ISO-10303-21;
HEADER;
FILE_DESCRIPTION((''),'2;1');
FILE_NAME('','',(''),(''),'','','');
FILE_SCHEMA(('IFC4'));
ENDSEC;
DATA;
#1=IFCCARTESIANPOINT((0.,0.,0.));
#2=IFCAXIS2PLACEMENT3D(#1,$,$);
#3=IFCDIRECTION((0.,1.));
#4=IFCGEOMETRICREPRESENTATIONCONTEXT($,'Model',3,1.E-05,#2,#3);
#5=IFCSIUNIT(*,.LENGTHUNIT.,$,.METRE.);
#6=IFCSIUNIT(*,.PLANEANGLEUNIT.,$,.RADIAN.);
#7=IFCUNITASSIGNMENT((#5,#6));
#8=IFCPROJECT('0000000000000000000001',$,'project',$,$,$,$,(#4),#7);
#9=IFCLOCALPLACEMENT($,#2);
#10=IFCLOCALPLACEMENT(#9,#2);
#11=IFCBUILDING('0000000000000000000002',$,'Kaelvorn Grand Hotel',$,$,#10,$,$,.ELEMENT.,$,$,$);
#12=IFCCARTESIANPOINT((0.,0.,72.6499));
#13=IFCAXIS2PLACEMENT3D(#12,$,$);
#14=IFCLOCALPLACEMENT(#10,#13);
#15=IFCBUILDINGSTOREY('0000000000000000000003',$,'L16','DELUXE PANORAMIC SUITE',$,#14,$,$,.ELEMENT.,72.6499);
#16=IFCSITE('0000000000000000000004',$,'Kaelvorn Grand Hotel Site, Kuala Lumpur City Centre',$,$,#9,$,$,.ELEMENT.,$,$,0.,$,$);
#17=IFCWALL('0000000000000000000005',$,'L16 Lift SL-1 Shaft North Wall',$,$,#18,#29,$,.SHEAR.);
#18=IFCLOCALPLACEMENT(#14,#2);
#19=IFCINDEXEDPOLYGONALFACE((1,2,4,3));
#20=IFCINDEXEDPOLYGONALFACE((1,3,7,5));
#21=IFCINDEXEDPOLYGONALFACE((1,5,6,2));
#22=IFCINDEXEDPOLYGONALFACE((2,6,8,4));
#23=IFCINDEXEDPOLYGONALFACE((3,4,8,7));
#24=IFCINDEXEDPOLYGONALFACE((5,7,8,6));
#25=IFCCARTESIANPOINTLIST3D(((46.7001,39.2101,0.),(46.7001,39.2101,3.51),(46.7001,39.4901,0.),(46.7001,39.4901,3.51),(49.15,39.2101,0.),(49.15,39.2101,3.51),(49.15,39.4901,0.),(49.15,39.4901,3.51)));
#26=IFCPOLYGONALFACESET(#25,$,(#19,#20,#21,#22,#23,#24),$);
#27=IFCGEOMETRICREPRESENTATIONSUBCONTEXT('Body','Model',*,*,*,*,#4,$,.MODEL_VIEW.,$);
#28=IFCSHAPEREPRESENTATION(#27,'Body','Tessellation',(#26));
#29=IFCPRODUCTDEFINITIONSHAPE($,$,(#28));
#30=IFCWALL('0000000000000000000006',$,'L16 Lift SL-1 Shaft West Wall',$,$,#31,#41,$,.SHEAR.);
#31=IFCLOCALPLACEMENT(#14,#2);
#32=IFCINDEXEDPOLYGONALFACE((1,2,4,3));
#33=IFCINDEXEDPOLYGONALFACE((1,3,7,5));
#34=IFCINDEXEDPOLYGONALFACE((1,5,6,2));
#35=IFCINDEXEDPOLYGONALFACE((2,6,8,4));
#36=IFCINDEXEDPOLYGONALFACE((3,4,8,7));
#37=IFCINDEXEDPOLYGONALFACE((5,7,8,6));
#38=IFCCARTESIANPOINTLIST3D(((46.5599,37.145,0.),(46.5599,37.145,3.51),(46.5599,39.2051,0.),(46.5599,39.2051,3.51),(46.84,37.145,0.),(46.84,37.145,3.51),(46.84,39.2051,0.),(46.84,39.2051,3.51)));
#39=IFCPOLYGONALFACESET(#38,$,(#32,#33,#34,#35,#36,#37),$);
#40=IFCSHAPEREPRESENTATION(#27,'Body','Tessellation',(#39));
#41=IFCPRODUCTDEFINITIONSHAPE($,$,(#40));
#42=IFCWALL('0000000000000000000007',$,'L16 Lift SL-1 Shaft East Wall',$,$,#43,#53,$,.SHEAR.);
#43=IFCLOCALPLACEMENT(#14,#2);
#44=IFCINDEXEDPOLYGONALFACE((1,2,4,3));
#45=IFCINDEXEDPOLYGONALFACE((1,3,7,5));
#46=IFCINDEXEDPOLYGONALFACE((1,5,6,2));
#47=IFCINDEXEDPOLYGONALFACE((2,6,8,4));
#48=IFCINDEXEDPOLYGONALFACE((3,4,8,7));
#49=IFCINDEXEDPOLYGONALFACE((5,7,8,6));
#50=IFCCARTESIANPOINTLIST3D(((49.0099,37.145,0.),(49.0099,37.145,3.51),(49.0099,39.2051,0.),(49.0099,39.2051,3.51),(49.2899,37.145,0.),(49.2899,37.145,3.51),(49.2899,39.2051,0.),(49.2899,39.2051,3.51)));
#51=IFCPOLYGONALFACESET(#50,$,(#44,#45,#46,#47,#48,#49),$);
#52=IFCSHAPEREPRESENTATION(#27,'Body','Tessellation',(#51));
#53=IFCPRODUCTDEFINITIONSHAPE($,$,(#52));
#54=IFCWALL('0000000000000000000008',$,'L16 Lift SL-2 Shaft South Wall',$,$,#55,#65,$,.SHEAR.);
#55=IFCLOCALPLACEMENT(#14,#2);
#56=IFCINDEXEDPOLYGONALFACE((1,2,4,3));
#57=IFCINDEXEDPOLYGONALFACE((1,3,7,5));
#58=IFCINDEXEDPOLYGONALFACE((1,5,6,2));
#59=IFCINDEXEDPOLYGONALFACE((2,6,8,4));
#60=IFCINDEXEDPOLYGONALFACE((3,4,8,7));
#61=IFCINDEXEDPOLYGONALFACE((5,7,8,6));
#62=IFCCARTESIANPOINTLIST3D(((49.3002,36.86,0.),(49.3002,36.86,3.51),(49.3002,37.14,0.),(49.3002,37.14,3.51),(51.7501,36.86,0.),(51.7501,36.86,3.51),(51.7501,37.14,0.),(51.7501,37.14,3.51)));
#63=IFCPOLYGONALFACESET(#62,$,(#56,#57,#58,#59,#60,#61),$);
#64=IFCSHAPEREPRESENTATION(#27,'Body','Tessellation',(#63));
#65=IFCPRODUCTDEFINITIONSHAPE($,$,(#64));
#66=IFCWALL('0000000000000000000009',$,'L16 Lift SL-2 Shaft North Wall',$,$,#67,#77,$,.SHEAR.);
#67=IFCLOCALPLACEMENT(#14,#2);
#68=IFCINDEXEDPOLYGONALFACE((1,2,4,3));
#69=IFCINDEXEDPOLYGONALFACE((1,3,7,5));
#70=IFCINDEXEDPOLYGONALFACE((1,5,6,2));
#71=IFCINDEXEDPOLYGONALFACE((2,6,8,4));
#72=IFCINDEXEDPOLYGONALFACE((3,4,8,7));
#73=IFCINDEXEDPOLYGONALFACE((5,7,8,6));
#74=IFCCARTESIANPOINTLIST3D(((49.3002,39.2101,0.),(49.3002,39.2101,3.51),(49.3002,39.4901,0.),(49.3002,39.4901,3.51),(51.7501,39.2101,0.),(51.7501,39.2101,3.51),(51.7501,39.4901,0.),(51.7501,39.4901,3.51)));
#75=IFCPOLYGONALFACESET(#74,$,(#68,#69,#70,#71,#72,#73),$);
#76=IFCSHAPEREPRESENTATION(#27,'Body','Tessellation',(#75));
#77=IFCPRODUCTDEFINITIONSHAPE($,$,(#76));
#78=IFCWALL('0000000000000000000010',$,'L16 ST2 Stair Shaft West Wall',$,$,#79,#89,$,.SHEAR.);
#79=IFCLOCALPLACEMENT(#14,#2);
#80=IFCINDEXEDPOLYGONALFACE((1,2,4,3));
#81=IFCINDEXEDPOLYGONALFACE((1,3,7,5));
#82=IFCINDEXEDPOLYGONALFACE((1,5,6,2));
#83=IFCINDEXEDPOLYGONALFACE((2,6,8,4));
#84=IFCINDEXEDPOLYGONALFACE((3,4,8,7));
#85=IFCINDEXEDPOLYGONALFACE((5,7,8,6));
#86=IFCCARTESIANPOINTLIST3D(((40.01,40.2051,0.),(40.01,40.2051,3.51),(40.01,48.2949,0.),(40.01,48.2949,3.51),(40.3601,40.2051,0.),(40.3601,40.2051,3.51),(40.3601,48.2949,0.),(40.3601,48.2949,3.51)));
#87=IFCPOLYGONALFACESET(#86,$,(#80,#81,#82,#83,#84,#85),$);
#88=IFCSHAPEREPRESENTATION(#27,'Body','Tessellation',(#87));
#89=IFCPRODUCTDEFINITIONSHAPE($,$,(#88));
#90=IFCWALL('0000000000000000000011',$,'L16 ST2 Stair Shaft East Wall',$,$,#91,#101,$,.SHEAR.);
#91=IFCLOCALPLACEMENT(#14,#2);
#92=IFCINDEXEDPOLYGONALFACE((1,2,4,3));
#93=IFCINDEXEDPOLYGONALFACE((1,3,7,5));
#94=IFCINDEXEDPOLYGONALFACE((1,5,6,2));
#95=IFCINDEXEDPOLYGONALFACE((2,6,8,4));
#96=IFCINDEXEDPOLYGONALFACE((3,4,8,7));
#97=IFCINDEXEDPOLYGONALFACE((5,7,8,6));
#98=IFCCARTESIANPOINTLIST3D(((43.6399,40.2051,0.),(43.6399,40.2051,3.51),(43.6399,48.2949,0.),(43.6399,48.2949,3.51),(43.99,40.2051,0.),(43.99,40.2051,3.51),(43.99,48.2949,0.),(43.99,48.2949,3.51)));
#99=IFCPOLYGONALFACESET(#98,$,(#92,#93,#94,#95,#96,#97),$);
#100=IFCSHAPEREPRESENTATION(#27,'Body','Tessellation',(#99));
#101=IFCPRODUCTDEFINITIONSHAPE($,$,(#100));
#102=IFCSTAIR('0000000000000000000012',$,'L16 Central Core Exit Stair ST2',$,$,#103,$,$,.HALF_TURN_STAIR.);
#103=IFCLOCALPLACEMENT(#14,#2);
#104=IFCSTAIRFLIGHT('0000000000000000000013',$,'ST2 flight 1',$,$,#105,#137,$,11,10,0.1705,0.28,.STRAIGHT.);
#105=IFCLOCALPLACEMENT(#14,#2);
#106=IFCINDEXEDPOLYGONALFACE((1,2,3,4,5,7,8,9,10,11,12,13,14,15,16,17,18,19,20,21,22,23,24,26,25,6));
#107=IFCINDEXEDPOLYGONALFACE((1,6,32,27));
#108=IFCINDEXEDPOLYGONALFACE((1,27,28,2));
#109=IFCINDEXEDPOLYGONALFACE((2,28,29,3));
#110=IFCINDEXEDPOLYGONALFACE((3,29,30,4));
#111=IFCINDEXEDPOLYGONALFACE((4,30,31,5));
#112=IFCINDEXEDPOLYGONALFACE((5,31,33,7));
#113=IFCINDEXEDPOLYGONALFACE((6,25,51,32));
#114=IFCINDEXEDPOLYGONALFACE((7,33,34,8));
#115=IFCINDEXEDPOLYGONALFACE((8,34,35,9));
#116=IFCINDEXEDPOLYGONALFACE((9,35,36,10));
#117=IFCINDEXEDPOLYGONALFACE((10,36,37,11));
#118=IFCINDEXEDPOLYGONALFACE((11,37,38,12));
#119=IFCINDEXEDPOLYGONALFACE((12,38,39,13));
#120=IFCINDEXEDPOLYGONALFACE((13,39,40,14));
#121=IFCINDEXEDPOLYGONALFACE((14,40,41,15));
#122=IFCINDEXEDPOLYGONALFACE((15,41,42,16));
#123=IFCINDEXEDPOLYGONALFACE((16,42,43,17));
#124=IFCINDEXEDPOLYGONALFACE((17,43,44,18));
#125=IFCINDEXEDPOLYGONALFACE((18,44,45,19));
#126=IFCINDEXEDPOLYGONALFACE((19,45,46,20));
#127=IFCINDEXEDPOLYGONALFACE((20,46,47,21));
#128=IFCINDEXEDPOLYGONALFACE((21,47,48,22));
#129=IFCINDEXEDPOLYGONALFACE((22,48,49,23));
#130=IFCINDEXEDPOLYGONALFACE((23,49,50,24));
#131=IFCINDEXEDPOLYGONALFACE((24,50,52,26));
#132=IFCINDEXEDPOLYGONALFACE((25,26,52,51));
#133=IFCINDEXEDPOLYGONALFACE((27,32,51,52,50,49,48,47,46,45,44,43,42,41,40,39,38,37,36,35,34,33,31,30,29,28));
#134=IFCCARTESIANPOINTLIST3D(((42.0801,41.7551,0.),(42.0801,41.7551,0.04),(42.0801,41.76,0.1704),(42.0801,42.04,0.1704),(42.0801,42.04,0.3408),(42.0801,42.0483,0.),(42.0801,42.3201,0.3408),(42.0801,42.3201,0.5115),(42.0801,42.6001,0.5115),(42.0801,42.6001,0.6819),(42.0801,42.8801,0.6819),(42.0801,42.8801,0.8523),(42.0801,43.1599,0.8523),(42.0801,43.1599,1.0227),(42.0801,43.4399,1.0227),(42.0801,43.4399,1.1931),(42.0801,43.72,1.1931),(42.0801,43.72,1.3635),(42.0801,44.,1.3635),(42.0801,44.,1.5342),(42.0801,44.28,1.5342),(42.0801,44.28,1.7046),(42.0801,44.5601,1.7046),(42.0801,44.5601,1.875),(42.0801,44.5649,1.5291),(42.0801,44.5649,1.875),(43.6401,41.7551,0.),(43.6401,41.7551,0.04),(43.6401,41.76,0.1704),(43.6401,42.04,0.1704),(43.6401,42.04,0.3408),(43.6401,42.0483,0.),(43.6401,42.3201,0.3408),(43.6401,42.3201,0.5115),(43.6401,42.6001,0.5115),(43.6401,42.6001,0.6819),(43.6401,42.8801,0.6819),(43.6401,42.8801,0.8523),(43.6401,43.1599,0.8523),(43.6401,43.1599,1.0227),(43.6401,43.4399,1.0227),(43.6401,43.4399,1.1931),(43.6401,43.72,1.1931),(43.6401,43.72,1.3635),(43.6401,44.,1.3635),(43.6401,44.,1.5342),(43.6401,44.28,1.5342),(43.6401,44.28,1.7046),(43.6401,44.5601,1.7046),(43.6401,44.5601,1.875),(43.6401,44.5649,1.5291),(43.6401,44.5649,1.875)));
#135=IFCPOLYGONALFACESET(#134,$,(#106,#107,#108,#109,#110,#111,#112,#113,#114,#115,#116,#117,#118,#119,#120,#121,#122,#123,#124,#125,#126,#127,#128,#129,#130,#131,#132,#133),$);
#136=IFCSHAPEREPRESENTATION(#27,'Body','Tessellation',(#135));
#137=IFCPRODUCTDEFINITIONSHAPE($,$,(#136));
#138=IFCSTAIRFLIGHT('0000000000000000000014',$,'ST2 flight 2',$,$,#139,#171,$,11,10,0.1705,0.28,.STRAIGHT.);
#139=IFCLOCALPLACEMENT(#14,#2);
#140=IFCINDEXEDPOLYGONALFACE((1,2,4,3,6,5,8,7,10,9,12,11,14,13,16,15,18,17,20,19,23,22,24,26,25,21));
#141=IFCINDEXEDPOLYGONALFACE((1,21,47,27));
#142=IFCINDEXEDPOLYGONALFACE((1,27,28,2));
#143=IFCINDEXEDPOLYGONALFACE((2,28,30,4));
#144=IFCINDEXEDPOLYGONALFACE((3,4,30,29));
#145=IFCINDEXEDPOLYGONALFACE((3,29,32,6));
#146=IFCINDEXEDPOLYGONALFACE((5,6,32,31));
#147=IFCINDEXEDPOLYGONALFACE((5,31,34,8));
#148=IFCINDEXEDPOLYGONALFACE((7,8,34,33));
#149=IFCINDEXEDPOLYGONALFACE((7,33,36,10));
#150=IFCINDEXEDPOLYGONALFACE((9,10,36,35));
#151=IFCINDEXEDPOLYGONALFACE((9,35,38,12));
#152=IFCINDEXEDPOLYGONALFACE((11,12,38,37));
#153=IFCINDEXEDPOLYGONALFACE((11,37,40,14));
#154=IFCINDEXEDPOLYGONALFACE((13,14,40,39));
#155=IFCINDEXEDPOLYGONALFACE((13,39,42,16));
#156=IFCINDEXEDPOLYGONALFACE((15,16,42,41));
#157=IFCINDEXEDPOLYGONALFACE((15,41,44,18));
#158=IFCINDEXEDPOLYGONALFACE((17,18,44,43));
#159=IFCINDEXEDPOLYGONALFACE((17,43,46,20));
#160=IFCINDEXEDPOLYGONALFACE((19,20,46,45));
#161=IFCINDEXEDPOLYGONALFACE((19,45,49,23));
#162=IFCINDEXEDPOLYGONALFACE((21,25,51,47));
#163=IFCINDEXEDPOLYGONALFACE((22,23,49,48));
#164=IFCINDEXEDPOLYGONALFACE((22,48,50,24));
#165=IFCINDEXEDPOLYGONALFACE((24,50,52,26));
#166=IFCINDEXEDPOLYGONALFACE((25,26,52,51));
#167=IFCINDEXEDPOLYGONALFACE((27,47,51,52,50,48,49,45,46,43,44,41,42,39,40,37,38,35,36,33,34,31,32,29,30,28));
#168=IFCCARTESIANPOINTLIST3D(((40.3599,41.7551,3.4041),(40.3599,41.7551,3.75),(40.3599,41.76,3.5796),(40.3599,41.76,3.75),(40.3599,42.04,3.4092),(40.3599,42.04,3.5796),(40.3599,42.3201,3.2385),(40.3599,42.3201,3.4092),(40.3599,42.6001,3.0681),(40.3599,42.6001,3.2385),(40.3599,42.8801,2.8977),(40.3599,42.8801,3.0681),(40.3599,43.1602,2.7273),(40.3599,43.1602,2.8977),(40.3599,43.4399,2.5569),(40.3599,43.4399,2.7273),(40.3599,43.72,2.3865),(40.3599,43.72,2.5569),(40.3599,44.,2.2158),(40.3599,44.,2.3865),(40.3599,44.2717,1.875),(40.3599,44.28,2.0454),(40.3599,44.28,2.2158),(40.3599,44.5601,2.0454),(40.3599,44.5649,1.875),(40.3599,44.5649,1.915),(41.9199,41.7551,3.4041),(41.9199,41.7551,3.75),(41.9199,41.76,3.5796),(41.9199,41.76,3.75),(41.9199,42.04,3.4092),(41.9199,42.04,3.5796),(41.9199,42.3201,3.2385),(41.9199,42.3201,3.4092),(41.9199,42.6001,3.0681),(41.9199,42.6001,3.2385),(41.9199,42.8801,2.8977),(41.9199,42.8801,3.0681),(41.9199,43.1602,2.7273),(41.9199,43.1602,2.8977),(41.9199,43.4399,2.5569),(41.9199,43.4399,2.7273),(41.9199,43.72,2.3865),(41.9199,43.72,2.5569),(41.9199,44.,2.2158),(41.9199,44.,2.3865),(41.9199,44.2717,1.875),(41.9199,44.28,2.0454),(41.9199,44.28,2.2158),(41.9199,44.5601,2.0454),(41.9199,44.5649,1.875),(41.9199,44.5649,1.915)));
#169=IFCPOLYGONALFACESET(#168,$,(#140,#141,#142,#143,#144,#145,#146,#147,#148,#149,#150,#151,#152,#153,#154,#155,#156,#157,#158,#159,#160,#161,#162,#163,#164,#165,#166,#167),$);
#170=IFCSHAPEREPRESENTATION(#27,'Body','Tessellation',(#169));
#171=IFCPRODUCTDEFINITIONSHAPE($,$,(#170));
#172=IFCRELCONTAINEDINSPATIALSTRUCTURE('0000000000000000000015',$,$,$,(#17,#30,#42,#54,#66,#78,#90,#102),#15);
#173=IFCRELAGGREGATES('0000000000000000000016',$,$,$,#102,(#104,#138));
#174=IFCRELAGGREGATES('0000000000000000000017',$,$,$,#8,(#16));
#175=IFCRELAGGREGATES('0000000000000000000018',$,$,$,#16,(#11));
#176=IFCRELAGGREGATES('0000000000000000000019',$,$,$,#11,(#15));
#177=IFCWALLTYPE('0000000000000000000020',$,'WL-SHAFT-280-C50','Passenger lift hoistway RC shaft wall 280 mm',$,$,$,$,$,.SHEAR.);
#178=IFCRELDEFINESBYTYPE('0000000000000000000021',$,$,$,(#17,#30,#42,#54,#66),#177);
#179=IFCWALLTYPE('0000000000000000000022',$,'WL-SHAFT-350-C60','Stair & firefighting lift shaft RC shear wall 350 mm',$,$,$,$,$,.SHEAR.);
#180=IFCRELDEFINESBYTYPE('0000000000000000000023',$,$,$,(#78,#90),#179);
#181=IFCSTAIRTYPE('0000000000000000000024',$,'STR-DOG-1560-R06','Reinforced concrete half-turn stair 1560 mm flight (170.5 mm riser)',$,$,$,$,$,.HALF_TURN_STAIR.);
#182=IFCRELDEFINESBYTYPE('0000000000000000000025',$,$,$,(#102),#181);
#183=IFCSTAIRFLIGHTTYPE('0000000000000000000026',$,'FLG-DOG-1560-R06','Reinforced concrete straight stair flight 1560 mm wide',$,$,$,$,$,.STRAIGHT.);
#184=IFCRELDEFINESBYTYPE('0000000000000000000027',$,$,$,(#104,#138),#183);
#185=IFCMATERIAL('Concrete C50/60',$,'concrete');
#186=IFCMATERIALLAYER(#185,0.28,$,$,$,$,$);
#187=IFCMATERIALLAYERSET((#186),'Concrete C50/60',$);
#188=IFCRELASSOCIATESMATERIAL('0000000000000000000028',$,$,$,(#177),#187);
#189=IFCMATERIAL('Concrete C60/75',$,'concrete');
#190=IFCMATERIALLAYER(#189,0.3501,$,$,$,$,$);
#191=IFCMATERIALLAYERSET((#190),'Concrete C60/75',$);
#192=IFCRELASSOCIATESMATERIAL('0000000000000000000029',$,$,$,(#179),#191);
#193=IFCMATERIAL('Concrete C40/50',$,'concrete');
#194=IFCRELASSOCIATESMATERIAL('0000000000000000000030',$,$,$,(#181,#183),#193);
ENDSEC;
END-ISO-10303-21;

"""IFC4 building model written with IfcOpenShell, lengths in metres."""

from ifc_helpers import new_model, si_unit, direction, frame, frame_2d, origin, place, context, subcontext, project, spatial, polyline, rectangle, outline, extrude, material, layer, layer_set, type_object, element, aggregate, save


model = new_model("IFC4")

# Units and contexts
model_context = context("Model", 3, precision=1e-05, world=origin(), true_north=direction((0.0, 1.0)))
body_context = subcontext(model_context, "Body", "Model", "MODEL_VIEW")
ifc_project = project(units=[si_unit("LENGTHUNIT", "METRE"), si_unit("PLANEANGLEUNIT", "RADIAN")], contexts=[model_context])

# Site, building, storey
site_placement = place(None, origin())
site = spatial("IfcSite", under=ifc_project, at=site_placement, Name="Kaelvorn Grand Hotel Site, Kuala Lumpur City Centre", CompositionType="ELEMENT", RefElevation=0.0)
building_placement = place(site_placement, origin())
building = spatial("IfcBuilding", under=site, at=building_placement, Name="Kaelvorn Grand Hotel", CompositionType="ELEMENT")
storey_placement = place(building_placement, frame((0.0, 0.0, 72.6499)))
storey = spatial("IfcBuildingStorey", under=building, at=storey_placement, Name="L16", Description="DELUXE PANORAMIC SUITE", CompositionType="ELEMENT", Elevation=72.6499)

# Shared definitions
ifc_material_1 = material(Name="Concrete C60/75", Category="concrete")

# Walls
ifc_material_2 = material(Name="Concrete C40/50", Category="concrete")
ifc_material_3 = material(Name="Concrete C50/60", Category="concrete")
ifc_layer_1 = layer(ifc_material_3, 0.28)
ifc_layer_set_1 = layer_set([ifc_layer_1], Name="Concrete C50/60")
wall_type_1 = type_object("IfcWallType", Name="WL-SHAFT-280-C50", Description="Passenger lift hoistway RC shaft wall 280 mm", PredefinedType="SHEAR", material=ifc_layer_set_1)
for number, where, z_axis, x_axis, name in (
    (1, (46.7, 39.3501, 0.0), (0.0, 0.0, 1.0), (1.0, 0.0, 0.0), "L16 Lift SL-1 Shaft North Wall"),
):
    element("IfcWall", number, at=place(storey_placement, frame(where, z_axis=z_axis, x_axis=x_axis)), inside=storey, type_object=wall_type_1, Name=name, PredefinedType="SHEAR", context=body_context, shape_type="SweptSolid", body=[
        extrude(rectangle(XDim=2.45, YDim=0.28, at=frame_2d((1.2251, 0.0))), origin(), (0.0, 0.0, 1.0), 3.51),
    ])
for number, where, z_axis, x_axis, name in (
    (2, (46.7, 37.145, 0.0), (0.0, 0.0, 1.0), (0.0, 1.0, 0.0), "L16 Lift SL-1 Shaft West Wall"),
    (3, (49.1499, 37.145, 0.0), (0.0, 0.0, 1.0), (0.0, 1.0, 0.0), "L16 Lift SL-1 Shaft East Wall"),
):
    element("IfcWall", number, at=place(storey_placement, frame(where, z_axis=z_axis, x_axis=x_axis)), inside=storey, type_object=wall_type_1, Name=name, PredefinedType="SHEAR", context=body_context, shape_type="SweptSolid", body=[
        extrude(rectangle(XDim=2.0601, YDim=0.28, at=frame_2d((1.03, 0.0))), origin(), (0.0, 0.0, 1.0), 3.51),
    ])
for number, where, z_axis, x_axis, name in (
    (4, (49.3, 37.0, 0.0), (0.0, 0.0, 1.0), (1.0, 0.0, 0.0), "L16 Lift SL-2 Shaft South Wall"),
    (5, (49.3, 39.3501, 0.0), (0.0, 0.0, 1.0), (1.0, 0.0, 0.0), "L16 Lift SL-2 Shaft North Wall"),
):
    element("IfcWall", number, at=place(storey_placement, frame(where, z_axis=z_axis, x_axis=x_axis)), inside=storey, type_object=wall_type_1, Name=name, PredefinedType="SHEAR", context=body_context, shape_type="SweptSolid", body=[
        extrude(rectangle(XDim=2.45, YDim=0.28, at=frame_2d((1.2251, 0.0))), origin(), (0.0, 0.0, 1.0), 3.51),
    ])
ifc_layer_2 = layer(ifc_material_1, 0.3501)
ifc_layer_set_2 = layer_set([ifc_layer_2], Name="Concrete C60/75")
wall_type_2 = type_object("IfcWallType", Name="WL-SHAFT-350-C60", Description="Stair & firefighting lift shaft RC shear wall 350 mm", PredefinedType="SHEAR", material=ifc_layer_set_2)
for number, where, z_axis, x_axis, name in (
    (6, (40.1851, 40.2051, 0.0), (0.0, 0.0, 1.0), (0.0, 1.0, 0.0), "L16 ST2 Stair Shaft West Wall"),
    (7, (43.8149, 40.2051, 0.0), (0.0, 0.0, 1.0), (0.0, 1.0, 0.0), "L16 ST2 Stair Shaft East Wall"),
):
    element("IfcWall", number, at=place(storey_placement, frame(where, z_axis=z_axis, x_axis=x_axis)), inside=storey, type_object=wall_type_2, Name=name, PredefinedType="SHEAR", context=body_context, shape_type="SweptSolid", body=[
        extrude(rectangle(XDim=8.0898, YDim=0.3501, at=frame_2d((4.0449, 0.0))), origin(), (0.0, 0.0, 1.0), 3.51),
    ])

# Stair, stair flights
stair_type = type_object("IfcStairType", Name="STR-DOG-1560-R06", Description="Reinforced concrete half-turn stair 1560 mm flight (170.5 mm riser)", PredefinedType="HALF_TURN_STAIR", material=ifc_material_2)
stair_placement = place(storey_placement, origin())
stair = element("IfcStair", 8, at=stair_placement, inside=storey, type_object=stair_type, Name="L16 Central Core Exit Stair ST2", PredefinedType="HALF_TURN_STAIR")
stair_flight_type = type_object("IfcStairFlightType", Name="FLG-DOG-1560-R06", Description="Reinforced concrete straight stair flight 1560 mm wide", PredefinedType="STRAIGHT", material=ifc_material_2)
stair_flight_1_placement = place(storey_placement, frame((42.8601, 41.76, 0.0), z_axis=(0.0, 0.0, 1.0), x_axis=(0.0, 1.0, 0.0)))
stair_flight_1 = element("IfcStairFlight", 9, at=stair_flight_1_placement, type_object=stair_flight_type, Name="ST2 flight 1", NumberOfRisers=11, NumberOfTreads=10, PredefinedType="STRAIGHT", RiserHeight=0.1705, TreadLength=0.28, context=body_context, shape_type="SweptSolid", body=[
    extrude(outline(polyline([(-0.0049, 0.0), (-0.0049, 0.04), (0.0, 0.1704), (0.28, 0.1704), (0.28, 0.3408), (0.5601, 0.3408), (0.5601, 0.5115), (0.8401, 0.5115), (0.8401, 0.6819), (1.1201, 0.6819), (1.1201, 0.8523), (1.3999, 0.8523), (1.3999, 1.0227), (1.6799, 1.0227), (1.6799, 1.1931), (1.96, 1.1931), (1.96, 1.3635), (2.24, 1.3635), (2.24, 1.5342), (2.52, 1.5342), (2.52, 1.7046), (2.8, 1.7046), (2.8, 1.875), (2.8049, 1.875), (2.8049, 1.5291), (0.2883, 0.0), (-0.0049, 0.0)])), frame((0.0, 0.78, 0.0), z_axis=(0.0, -1.0, 0.0), x_axis=(1.0, 0.0, 0.0)), (0.0, 0.0, 1.0), 1.5601),
])
stair_flight_2_placement = place(storey_placement, frame((41.1399, 44.5601, 1.875), z_axis=(0.0, 0.0, 1.0), x_axis=(0.0, -1.0, 0.0)))
stair_flight_2 = element("IfcStairFlight", 10, at=stair_flight_2_placement, type_object=stair_flight_type, Name="ST2 flight 2", NumberOfRisers=11, NumberOfTreads=10, PredefinedType="STRAIGHT", RiserHeight=0.1705, TreadLength=0.28, context=body_context, shape_type="SweptSolid", body=[
    extrude(outline(polyline([(-0.0049, 0.0), (-0.0049, 0.04), (0.0, 0.1704), (0.28, 0.1704), (0.28, 0.3408), (0.5601, 0.3408), (0.5601, 0.5115), (0.8401, 0.5115), (0.8401, 0.6819), (1.1201, 0.6819), (1.1201, 0.8523), (1.3999, 0.8523), (1.3999, 1.0227), (1.6799, 1.0227), (1.6799, 1.1931), (1.96, 1.1931), (1.96, 1.3635), (2.24, 1.3635), (2.24, 1.5342), (2.52, 1.5342), (2.52, 1.7046), (2.8, 1.7046), (2.8, 1.875), (2.8049, 1.875), (2.8049, 1.5291), (0.2883, 0.0), (-0.0049, 0.0)])), frame((0.0, 0.78, 0.0), z_axis=(0.0, -1.0, 0.0), x_axis=(1.0, 0.0, 0.0)), (0.0, 0.0, 1.0), 1.5601),
])
aggregate(stair, [stair_flight_1, stair_flight_2])

save(model, "model.ifc")
